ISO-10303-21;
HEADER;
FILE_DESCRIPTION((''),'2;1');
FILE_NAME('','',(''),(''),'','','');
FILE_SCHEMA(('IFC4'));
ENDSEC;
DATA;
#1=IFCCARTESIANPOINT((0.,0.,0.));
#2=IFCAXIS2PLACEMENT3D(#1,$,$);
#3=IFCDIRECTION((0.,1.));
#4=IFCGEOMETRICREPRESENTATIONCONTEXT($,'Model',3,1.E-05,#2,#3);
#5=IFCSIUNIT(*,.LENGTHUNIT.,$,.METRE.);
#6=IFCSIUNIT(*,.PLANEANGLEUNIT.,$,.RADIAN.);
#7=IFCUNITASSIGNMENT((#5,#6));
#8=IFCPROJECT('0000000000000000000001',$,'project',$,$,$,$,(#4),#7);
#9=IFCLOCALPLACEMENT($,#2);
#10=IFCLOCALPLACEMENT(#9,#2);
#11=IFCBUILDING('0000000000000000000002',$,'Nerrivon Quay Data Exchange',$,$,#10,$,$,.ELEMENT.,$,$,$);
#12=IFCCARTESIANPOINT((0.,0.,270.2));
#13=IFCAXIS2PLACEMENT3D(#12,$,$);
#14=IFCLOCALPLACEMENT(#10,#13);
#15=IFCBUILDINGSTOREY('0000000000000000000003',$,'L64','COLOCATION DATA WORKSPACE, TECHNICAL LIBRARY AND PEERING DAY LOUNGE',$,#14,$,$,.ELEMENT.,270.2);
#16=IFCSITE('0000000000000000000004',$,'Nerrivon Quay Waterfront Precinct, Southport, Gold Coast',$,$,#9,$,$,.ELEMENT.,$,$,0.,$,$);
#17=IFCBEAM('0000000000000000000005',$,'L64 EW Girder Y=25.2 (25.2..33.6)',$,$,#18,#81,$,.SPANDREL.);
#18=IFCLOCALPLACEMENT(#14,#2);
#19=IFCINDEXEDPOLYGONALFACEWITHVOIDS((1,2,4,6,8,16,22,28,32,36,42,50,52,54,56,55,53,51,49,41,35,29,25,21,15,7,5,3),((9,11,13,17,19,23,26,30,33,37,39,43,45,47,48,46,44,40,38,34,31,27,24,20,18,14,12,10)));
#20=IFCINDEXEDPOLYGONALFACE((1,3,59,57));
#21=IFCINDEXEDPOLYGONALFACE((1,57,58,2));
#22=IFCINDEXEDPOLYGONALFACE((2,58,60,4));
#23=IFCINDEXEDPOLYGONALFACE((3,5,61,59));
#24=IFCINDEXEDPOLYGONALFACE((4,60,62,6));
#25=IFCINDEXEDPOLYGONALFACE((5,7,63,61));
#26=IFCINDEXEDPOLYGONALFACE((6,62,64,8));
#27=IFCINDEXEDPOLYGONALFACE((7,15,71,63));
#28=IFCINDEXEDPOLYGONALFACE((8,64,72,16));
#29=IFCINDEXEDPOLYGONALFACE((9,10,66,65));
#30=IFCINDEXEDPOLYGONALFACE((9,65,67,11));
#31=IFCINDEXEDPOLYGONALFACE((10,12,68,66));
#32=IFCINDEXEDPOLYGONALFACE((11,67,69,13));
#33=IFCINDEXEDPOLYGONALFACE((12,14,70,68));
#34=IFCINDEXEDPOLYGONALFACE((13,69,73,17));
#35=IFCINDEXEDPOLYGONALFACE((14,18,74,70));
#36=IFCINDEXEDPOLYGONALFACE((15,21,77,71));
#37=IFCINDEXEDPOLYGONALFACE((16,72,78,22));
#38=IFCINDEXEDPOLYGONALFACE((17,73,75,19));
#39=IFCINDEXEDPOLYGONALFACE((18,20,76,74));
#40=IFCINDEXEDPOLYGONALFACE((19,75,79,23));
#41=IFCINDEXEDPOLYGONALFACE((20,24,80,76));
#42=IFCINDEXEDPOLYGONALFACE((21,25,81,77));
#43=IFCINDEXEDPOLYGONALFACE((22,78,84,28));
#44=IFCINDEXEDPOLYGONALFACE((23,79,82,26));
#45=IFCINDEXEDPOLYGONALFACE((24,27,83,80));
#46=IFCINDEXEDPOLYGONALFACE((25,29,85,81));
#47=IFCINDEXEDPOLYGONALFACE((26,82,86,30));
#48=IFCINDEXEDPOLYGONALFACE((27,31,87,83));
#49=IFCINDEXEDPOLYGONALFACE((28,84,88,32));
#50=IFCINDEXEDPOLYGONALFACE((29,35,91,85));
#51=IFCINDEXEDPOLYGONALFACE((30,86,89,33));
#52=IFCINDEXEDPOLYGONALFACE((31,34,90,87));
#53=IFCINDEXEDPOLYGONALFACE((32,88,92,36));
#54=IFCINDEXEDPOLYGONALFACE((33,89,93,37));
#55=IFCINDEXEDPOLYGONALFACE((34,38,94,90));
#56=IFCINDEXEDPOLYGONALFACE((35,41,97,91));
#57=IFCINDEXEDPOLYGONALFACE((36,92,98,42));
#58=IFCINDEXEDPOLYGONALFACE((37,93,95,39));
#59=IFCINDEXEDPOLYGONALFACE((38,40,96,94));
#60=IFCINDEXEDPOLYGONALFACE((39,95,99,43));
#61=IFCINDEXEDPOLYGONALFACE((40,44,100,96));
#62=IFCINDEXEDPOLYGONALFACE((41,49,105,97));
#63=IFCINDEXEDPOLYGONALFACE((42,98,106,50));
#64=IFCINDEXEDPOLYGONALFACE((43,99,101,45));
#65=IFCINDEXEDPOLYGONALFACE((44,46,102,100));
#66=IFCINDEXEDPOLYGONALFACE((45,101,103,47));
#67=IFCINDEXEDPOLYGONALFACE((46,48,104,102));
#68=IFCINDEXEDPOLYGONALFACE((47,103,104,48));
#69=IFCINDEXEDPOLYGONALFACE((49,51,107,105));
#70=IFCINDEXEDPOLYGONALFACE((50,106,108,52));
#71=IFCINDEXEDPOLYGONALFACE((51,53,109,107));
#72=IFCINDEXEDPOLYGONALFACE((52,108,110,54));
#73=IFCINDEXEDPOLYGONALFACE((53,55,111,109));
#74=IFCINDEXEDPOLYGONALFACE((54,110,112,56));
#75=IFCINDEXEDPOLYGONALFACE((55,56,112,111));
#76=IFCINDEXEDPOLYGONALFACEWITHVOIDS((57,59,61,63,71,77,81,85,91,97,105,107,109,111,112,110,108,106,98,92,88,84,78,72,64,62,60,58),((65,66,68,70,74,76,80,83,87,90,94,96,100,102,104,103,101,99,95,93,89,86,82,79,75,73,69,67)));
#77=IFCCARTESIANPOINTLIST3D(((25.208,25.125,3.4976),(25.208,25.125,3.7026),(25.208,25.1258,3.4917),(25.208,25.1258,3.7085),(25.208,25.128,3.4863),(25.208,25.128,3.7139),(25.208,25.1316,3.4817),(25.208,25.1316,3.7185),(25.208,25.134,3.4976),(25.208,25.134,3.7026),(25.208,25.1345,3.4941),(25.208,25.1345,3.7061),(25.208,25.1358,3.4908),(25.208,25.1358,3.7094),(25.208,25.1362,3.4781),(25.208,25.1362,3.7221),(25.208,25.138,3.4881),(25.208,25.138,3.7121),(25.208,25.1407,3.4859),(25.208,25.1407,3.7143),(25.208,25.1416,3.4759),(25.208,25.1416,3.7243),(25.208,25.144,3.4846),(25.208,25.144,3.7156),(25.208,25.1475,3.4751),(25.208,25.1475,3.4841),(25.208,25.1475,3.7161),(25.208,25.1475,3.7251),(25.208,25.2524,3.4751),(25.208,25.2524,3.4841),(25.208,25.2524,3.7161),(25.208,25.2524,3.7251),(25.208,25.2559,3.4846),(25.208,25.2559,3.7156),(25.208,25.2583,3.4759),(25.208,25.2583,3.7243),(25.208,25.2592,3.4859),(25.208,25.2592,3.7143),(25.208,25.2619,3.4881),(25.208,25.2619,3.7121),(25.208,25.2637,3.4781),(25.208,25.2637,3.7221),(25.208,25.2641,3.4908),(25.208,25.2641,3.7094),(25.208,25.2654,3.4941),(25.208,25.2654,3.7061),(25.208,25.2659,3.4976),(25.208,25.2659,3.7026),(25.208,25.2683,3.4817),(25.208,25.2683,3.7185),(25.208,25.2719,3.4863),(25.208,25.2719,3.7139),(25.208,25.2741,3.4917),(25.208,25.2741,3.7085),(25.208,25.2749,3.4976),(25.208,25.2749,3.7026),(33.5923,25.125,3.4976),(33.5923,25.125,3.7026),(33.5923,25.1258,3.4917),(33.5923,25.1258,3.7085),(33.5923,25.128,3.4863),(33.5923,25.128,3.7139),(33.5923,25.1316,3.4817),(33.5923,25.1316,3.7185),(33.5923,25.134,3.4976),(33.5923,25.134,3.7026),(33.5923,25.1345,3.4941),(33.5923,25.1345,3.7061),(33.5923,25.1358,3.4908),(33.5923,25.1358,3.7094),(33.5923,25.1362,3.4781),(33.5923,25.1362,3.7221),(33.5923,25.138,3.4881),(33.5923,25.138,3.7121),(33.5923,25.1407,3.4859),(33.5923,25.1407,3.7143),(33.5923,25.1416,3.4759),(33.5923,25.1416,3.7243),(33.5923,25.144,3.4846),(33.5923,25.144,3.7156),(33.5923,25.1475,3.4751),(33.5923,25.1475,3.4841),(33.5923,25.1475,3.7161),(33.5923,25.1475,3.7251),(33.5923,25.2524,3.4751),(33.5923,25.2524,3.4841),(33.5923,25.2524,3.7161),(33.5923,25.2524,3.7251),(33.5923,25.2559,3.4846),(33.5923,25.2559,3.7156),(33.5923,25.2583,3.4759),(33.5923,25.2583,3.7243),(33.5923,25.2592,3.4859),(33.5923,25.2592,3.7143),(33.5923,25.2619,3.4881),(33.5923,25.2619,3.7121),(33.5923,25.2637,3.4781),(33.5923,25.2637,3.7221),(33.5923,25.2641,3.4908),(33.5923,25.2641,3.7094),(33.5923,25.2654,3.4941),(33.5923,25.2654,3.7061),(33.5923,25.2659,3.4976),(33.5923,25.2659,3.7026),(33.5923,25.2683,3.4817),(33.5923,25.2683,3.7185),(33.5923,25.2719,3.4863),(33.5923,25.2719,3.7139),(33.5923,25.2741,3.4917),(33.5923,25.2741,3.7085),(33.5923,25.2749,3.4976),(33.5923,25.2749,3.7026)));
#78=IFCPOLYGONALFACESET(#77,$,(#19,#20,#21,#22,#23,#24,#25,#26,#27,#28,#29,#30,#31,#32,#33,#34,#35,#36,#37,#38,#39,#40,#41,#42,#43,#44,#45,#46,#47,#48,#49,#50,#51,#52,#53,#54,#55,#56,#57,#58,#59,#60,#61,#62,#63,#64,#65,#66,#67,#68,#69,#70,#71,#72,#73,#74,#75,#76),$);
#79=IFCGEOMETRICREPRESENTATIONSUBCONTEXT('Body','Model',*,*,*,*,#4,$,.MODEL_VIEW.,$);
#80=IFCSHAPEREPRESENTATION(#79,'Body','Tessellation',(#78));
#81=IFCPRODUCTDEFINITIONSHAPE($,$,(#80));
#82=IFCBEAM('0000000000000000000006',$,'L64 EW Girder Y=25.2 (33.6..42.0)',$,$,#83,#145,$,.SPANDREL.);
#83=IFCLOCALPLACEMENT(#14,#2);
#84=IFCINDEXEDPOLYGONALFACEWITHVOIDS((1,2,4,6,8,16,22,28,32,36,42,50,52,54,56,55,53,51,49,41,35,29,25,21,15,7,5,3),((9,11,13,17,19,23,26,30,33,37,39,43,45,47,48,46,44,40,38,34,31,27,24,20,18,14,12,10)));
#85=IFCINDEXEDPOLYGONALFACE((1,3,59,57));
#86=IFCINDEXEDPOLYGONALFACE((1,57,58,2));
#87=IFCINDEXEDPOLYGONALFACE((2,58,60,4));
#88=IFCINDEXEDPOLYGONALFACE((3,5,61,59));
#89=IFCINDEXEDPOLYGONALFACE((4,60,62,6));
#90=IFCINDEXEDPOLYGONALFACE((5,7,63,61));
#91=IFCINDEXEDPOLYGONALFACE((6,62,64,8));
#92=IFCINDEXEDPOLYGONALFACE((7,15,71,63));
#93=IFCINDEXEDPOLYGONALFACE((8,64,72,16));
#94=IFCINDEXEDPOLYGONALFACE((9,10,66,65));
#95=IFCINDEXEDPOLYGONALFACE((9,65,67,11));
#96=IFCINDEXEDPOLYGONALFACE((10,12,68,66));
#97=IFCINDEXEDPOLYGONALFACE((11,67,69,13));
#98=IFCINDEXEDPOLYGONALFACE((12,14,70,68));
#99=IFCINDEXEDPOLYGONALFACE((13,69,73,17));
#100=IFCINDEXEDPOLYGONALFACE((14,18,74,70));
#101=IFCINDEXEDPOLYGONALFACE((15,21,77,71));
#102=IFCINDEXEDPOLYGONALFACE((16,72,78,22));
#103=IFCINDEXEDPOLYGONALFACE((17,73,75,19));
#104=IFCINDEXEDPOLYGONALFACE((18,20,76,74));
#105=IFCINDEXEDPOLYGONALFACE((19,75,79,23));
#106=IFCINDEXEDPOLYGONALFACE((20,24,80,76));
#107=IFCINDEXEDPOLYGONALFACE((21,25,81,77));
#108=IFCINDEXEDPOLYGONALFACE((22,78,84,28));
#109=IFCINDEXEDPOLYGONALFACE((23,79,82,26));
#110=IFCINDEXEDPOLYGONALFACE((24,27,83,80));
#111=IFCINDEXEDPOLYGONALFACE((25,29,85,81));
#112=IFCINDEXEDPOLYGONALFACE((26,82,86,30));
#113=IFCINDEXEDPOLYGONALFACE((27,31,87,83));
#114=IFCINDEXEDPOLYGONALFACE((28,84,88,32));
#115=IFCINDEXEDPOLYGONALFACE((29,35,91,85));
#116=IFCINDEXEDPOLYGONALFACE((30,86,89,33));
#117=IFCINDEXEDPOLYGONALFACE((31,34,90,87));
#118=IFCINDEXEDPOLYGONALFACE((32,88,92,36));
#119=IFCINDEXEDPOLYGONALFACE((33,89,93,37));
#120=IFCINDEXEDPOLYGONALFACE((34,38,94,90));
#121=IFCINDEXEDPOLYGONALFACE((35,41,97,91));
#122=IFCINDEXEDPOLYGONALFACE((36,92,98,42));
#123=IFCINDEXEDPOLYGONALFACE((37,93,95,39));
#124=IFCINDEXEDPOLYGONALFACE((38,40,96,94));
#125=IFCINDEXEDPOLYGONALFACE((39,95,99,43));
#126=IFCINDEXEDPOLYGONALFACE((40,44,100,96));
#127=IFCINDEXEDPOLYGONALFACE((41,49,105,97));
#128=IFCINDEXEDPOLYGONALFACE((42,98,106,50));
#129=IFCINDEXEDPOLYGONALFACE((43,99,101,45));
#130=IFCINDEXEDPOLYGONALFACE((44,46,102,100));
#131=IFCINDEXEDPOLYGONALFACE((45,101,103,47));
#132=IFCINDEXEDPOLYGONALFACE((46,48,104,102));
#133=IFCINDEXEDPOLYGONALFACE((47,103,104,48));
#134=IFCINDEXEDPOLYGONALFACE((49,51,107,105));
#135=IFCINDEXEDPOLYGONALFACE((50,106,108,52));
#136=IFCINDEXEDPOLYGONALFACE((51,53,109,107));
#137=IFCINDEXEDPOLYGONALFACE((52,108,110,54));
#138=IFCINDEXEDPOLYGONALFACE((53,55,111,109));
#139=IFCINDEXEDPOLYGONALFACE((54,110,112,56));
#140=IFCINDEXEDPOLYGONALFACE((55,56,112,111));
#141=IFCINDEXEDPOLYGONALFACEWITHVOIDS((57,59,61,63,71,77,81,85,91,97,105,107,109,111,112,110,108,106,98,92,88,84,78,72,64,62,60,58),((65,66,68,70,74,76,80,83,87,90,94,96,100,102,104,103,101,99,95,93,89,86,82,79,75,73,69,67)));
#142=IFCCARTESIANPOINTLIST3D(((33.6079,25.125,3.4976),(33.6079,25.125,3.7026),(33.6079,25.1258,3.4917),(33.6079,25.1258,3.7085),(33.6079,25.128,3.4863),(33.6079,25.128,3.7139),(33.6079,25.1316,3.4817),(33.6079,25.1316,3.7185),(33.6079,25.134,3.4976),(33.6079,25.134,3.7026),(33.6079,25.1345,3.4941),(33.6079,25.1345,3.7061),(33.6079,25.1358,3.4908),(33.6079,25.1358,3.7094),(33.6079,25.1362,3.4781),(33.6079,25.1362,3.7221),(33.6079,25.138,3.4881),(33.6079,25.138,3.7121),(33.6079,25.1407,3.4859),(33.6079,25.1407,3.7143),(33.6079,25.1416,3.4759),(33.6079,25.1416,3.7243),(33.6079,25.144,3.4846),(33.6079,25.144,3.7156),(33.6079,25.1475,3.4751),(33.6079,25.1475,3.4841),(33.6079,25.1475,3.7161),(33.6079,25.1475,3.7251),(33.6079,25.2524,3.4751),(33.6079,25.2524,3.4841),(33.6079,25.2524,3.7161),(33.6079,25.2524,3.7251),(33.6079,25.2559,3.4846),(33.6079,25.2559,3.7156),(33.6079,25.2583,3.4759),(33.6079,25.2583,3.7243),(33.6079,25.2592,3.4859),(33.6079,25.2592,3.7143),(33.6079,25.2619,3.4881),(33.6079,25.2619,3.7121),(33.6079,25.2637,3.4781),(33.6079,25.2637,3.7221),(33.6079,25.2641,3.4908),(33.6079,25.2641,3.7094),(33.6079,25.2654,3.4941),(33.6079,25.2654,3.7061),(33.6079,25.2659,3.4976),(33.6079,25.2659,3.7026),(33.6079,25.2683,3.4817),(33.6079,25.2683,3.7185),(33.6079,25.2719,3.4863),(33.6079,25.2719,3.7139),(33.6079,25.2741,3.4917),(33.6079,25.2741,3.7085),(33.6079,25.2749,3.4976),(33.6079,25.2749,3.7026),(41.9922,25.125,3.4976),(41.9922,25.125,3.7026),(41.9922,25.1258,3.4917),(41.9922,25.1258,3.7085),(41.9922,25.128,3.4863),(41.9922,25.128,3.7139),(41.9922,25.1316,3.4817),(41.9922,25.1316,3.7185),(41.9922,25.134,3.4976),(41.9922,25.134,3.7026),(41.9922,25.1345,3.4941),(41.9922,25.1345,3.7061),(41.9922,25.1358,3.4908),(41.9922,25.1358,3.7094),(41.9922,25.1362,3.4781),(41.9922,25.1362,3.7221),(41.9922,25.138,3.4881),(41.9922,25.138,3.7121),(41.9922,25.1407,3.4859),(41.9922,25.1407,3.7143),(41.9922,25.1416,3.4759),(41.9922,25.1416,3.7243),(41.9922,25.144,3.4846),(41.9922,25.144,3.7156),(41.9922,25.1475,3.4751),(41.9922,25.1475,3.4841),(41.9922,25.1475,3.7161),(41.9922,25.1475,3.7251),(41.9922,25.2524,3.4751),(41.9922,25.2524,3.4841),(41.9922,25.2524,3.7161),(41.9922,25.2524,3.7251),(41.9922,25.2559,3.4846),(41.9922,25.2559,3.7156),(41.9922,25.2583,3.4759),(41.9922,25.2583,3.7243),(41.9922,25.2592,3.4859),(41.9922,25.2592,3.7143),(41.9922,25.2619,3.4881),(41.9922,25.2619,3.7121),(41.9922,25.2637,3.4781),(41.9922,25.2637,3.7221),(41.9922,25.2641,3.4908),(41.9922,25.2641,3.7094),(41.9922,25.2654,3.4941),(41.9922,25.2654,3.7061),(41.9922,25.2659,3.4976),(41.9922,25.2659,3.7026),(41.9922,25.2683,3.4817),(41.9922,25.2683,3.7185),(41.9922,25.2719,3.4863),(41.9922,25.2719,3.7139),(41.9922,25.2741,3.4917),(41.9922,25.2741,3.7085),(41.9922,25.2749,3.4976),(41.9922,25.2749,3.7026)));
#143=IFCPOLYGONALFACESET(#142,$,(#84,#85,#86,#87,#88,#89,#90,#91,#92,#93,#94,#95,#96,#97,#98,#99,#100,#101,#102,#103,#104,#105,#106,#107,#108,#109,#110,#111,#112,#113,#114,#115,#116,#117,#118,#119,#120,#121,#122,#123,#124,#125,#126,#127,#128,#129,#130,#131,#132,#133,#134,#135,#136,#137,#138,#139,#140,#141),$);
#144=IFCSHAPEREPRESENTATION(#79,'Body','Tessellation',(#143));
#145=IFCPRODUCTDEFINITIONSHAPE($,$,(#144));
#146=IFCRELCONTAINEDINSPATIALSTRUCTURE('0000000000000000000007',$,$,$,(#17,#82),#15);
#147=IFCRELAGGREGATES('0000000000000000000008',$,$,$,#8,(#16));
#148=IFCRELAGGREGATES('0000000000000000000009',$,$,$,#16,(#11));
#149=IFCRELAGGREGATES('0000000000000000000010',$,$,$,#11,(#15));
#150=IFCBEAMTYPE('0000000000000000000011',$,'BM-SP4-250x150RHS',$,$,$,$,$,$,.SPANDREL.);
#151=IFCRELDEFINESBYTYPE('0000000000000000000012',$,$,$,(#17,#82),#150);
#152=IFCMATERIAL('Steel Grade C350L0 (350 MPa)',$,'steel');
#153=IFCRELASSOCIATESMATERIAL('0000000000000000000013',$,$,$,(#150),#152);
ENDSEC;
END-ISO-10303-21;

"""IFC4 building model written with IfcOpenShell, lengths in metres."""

from ifc_helpers import new_model, si_unit, direction, frame, origin, origin_2d, place, context, subcontext, project, spatial, hollow_rectangle, extrude, material, material_profile, profile_set, type_object, element, save


model = new_model("IFC4")

# Units and contexts
model_context = context("Model", 3, precision=1e-05, world=origin(), true_north=direction((0.0, 1.0)))
body_context = subcontext(model_context, "Body", "Model", "MODEL_VIEW")
ifc_project = project(units=[si_unit("LENGTHUNIT", "METRE"), si_unit("PLANEANGLEUNIT", "RADIAN")], contexts=[model_context])

# Site, building, storey
site_placement = place(None, origin())
site = spatial("IfcSite", under=ifc_project, at=site_placement, Name="Nerrivon Quay Waterfront Precinct, Southport, Gold Coast", CompositionType="ELEMENT", RefElevation=0.0)
building_placement = place(site_placement, origin())
building = spatial("IfcBuilding", under=site, at=building_placement, Name="Nerrivon Quay Data Exchange", CompositionType="ELEMENT")
storey_placement = place(building_placement, frame((0.0, 0.0, 270.2)))
storey = spatial("IfcBuildingStorey", under=building, at=storey_placement, Name="L64", Description="COLOCATION DATA WORKSPACE, TECHNICAL LIBRARY AND PEERING DAY LOUNGE", CompositionType="ELEMENT", Elevation=270.2)

# Beams
ifc_material_1 = material(Name="Steel Grade C350L0 (350 MPa)", Category="steel")
ifc_material_profile_1 = material_profile(ifc_material_1, hollow_rectangle(XDim=0.1499, YDim=0.25, WallThickness=0.009, InnerFilletRadius=0.0134, OuterFilletRadius=0.0225, at=origin_2d()), Name="250x150x9.0RHS")
ifc_profile_set_1 = profile_set([ifc_material_profile_1], Name="Steel Grade C350L0 (350 MPa)")
beam_type = type_object("IfcBeamType", Name="BM-SP4-250x150RHS", PredefinedType="SPANDREL", material=ifc_profile_set_1)
for number, where, z_axis, x_axis, name in (
    (1, (25.208, 25.2, 3.6001), (1.0, 0.0, 0.0), (0.0, 1.0, 0.0), "L64 EW Girder Y=25.2 (25.2..33.6)"),
    (2, (33.6079, 25.2, 3.6001), (1.0, 0.0, 0.0), (0.0, 1.0, 0.0), "L64 EW Girder Y=25.2 (33.6..42.0)"),
):
    element("IfcBeam", number, at=place(storey_placement, frame(where, z_axis=z_axis, x_axis=x_axis)), inside=storey, type_object=beam_type, Name=name, PredefinedType="SPANDREL", context=body_context, shape_type="SweptSolid", body=[
        extrude(hollow_rectangle(XDim=0.1499, YDim=0.25, WallThickness=0.009, InnerFilletRadius=0.0134, OuterFilletRadius=0.0225, at=origin_2d()), origin(), (0.0, 0.0, 1.0), 8.3843),
    ])

save(model, "model.ifc")
